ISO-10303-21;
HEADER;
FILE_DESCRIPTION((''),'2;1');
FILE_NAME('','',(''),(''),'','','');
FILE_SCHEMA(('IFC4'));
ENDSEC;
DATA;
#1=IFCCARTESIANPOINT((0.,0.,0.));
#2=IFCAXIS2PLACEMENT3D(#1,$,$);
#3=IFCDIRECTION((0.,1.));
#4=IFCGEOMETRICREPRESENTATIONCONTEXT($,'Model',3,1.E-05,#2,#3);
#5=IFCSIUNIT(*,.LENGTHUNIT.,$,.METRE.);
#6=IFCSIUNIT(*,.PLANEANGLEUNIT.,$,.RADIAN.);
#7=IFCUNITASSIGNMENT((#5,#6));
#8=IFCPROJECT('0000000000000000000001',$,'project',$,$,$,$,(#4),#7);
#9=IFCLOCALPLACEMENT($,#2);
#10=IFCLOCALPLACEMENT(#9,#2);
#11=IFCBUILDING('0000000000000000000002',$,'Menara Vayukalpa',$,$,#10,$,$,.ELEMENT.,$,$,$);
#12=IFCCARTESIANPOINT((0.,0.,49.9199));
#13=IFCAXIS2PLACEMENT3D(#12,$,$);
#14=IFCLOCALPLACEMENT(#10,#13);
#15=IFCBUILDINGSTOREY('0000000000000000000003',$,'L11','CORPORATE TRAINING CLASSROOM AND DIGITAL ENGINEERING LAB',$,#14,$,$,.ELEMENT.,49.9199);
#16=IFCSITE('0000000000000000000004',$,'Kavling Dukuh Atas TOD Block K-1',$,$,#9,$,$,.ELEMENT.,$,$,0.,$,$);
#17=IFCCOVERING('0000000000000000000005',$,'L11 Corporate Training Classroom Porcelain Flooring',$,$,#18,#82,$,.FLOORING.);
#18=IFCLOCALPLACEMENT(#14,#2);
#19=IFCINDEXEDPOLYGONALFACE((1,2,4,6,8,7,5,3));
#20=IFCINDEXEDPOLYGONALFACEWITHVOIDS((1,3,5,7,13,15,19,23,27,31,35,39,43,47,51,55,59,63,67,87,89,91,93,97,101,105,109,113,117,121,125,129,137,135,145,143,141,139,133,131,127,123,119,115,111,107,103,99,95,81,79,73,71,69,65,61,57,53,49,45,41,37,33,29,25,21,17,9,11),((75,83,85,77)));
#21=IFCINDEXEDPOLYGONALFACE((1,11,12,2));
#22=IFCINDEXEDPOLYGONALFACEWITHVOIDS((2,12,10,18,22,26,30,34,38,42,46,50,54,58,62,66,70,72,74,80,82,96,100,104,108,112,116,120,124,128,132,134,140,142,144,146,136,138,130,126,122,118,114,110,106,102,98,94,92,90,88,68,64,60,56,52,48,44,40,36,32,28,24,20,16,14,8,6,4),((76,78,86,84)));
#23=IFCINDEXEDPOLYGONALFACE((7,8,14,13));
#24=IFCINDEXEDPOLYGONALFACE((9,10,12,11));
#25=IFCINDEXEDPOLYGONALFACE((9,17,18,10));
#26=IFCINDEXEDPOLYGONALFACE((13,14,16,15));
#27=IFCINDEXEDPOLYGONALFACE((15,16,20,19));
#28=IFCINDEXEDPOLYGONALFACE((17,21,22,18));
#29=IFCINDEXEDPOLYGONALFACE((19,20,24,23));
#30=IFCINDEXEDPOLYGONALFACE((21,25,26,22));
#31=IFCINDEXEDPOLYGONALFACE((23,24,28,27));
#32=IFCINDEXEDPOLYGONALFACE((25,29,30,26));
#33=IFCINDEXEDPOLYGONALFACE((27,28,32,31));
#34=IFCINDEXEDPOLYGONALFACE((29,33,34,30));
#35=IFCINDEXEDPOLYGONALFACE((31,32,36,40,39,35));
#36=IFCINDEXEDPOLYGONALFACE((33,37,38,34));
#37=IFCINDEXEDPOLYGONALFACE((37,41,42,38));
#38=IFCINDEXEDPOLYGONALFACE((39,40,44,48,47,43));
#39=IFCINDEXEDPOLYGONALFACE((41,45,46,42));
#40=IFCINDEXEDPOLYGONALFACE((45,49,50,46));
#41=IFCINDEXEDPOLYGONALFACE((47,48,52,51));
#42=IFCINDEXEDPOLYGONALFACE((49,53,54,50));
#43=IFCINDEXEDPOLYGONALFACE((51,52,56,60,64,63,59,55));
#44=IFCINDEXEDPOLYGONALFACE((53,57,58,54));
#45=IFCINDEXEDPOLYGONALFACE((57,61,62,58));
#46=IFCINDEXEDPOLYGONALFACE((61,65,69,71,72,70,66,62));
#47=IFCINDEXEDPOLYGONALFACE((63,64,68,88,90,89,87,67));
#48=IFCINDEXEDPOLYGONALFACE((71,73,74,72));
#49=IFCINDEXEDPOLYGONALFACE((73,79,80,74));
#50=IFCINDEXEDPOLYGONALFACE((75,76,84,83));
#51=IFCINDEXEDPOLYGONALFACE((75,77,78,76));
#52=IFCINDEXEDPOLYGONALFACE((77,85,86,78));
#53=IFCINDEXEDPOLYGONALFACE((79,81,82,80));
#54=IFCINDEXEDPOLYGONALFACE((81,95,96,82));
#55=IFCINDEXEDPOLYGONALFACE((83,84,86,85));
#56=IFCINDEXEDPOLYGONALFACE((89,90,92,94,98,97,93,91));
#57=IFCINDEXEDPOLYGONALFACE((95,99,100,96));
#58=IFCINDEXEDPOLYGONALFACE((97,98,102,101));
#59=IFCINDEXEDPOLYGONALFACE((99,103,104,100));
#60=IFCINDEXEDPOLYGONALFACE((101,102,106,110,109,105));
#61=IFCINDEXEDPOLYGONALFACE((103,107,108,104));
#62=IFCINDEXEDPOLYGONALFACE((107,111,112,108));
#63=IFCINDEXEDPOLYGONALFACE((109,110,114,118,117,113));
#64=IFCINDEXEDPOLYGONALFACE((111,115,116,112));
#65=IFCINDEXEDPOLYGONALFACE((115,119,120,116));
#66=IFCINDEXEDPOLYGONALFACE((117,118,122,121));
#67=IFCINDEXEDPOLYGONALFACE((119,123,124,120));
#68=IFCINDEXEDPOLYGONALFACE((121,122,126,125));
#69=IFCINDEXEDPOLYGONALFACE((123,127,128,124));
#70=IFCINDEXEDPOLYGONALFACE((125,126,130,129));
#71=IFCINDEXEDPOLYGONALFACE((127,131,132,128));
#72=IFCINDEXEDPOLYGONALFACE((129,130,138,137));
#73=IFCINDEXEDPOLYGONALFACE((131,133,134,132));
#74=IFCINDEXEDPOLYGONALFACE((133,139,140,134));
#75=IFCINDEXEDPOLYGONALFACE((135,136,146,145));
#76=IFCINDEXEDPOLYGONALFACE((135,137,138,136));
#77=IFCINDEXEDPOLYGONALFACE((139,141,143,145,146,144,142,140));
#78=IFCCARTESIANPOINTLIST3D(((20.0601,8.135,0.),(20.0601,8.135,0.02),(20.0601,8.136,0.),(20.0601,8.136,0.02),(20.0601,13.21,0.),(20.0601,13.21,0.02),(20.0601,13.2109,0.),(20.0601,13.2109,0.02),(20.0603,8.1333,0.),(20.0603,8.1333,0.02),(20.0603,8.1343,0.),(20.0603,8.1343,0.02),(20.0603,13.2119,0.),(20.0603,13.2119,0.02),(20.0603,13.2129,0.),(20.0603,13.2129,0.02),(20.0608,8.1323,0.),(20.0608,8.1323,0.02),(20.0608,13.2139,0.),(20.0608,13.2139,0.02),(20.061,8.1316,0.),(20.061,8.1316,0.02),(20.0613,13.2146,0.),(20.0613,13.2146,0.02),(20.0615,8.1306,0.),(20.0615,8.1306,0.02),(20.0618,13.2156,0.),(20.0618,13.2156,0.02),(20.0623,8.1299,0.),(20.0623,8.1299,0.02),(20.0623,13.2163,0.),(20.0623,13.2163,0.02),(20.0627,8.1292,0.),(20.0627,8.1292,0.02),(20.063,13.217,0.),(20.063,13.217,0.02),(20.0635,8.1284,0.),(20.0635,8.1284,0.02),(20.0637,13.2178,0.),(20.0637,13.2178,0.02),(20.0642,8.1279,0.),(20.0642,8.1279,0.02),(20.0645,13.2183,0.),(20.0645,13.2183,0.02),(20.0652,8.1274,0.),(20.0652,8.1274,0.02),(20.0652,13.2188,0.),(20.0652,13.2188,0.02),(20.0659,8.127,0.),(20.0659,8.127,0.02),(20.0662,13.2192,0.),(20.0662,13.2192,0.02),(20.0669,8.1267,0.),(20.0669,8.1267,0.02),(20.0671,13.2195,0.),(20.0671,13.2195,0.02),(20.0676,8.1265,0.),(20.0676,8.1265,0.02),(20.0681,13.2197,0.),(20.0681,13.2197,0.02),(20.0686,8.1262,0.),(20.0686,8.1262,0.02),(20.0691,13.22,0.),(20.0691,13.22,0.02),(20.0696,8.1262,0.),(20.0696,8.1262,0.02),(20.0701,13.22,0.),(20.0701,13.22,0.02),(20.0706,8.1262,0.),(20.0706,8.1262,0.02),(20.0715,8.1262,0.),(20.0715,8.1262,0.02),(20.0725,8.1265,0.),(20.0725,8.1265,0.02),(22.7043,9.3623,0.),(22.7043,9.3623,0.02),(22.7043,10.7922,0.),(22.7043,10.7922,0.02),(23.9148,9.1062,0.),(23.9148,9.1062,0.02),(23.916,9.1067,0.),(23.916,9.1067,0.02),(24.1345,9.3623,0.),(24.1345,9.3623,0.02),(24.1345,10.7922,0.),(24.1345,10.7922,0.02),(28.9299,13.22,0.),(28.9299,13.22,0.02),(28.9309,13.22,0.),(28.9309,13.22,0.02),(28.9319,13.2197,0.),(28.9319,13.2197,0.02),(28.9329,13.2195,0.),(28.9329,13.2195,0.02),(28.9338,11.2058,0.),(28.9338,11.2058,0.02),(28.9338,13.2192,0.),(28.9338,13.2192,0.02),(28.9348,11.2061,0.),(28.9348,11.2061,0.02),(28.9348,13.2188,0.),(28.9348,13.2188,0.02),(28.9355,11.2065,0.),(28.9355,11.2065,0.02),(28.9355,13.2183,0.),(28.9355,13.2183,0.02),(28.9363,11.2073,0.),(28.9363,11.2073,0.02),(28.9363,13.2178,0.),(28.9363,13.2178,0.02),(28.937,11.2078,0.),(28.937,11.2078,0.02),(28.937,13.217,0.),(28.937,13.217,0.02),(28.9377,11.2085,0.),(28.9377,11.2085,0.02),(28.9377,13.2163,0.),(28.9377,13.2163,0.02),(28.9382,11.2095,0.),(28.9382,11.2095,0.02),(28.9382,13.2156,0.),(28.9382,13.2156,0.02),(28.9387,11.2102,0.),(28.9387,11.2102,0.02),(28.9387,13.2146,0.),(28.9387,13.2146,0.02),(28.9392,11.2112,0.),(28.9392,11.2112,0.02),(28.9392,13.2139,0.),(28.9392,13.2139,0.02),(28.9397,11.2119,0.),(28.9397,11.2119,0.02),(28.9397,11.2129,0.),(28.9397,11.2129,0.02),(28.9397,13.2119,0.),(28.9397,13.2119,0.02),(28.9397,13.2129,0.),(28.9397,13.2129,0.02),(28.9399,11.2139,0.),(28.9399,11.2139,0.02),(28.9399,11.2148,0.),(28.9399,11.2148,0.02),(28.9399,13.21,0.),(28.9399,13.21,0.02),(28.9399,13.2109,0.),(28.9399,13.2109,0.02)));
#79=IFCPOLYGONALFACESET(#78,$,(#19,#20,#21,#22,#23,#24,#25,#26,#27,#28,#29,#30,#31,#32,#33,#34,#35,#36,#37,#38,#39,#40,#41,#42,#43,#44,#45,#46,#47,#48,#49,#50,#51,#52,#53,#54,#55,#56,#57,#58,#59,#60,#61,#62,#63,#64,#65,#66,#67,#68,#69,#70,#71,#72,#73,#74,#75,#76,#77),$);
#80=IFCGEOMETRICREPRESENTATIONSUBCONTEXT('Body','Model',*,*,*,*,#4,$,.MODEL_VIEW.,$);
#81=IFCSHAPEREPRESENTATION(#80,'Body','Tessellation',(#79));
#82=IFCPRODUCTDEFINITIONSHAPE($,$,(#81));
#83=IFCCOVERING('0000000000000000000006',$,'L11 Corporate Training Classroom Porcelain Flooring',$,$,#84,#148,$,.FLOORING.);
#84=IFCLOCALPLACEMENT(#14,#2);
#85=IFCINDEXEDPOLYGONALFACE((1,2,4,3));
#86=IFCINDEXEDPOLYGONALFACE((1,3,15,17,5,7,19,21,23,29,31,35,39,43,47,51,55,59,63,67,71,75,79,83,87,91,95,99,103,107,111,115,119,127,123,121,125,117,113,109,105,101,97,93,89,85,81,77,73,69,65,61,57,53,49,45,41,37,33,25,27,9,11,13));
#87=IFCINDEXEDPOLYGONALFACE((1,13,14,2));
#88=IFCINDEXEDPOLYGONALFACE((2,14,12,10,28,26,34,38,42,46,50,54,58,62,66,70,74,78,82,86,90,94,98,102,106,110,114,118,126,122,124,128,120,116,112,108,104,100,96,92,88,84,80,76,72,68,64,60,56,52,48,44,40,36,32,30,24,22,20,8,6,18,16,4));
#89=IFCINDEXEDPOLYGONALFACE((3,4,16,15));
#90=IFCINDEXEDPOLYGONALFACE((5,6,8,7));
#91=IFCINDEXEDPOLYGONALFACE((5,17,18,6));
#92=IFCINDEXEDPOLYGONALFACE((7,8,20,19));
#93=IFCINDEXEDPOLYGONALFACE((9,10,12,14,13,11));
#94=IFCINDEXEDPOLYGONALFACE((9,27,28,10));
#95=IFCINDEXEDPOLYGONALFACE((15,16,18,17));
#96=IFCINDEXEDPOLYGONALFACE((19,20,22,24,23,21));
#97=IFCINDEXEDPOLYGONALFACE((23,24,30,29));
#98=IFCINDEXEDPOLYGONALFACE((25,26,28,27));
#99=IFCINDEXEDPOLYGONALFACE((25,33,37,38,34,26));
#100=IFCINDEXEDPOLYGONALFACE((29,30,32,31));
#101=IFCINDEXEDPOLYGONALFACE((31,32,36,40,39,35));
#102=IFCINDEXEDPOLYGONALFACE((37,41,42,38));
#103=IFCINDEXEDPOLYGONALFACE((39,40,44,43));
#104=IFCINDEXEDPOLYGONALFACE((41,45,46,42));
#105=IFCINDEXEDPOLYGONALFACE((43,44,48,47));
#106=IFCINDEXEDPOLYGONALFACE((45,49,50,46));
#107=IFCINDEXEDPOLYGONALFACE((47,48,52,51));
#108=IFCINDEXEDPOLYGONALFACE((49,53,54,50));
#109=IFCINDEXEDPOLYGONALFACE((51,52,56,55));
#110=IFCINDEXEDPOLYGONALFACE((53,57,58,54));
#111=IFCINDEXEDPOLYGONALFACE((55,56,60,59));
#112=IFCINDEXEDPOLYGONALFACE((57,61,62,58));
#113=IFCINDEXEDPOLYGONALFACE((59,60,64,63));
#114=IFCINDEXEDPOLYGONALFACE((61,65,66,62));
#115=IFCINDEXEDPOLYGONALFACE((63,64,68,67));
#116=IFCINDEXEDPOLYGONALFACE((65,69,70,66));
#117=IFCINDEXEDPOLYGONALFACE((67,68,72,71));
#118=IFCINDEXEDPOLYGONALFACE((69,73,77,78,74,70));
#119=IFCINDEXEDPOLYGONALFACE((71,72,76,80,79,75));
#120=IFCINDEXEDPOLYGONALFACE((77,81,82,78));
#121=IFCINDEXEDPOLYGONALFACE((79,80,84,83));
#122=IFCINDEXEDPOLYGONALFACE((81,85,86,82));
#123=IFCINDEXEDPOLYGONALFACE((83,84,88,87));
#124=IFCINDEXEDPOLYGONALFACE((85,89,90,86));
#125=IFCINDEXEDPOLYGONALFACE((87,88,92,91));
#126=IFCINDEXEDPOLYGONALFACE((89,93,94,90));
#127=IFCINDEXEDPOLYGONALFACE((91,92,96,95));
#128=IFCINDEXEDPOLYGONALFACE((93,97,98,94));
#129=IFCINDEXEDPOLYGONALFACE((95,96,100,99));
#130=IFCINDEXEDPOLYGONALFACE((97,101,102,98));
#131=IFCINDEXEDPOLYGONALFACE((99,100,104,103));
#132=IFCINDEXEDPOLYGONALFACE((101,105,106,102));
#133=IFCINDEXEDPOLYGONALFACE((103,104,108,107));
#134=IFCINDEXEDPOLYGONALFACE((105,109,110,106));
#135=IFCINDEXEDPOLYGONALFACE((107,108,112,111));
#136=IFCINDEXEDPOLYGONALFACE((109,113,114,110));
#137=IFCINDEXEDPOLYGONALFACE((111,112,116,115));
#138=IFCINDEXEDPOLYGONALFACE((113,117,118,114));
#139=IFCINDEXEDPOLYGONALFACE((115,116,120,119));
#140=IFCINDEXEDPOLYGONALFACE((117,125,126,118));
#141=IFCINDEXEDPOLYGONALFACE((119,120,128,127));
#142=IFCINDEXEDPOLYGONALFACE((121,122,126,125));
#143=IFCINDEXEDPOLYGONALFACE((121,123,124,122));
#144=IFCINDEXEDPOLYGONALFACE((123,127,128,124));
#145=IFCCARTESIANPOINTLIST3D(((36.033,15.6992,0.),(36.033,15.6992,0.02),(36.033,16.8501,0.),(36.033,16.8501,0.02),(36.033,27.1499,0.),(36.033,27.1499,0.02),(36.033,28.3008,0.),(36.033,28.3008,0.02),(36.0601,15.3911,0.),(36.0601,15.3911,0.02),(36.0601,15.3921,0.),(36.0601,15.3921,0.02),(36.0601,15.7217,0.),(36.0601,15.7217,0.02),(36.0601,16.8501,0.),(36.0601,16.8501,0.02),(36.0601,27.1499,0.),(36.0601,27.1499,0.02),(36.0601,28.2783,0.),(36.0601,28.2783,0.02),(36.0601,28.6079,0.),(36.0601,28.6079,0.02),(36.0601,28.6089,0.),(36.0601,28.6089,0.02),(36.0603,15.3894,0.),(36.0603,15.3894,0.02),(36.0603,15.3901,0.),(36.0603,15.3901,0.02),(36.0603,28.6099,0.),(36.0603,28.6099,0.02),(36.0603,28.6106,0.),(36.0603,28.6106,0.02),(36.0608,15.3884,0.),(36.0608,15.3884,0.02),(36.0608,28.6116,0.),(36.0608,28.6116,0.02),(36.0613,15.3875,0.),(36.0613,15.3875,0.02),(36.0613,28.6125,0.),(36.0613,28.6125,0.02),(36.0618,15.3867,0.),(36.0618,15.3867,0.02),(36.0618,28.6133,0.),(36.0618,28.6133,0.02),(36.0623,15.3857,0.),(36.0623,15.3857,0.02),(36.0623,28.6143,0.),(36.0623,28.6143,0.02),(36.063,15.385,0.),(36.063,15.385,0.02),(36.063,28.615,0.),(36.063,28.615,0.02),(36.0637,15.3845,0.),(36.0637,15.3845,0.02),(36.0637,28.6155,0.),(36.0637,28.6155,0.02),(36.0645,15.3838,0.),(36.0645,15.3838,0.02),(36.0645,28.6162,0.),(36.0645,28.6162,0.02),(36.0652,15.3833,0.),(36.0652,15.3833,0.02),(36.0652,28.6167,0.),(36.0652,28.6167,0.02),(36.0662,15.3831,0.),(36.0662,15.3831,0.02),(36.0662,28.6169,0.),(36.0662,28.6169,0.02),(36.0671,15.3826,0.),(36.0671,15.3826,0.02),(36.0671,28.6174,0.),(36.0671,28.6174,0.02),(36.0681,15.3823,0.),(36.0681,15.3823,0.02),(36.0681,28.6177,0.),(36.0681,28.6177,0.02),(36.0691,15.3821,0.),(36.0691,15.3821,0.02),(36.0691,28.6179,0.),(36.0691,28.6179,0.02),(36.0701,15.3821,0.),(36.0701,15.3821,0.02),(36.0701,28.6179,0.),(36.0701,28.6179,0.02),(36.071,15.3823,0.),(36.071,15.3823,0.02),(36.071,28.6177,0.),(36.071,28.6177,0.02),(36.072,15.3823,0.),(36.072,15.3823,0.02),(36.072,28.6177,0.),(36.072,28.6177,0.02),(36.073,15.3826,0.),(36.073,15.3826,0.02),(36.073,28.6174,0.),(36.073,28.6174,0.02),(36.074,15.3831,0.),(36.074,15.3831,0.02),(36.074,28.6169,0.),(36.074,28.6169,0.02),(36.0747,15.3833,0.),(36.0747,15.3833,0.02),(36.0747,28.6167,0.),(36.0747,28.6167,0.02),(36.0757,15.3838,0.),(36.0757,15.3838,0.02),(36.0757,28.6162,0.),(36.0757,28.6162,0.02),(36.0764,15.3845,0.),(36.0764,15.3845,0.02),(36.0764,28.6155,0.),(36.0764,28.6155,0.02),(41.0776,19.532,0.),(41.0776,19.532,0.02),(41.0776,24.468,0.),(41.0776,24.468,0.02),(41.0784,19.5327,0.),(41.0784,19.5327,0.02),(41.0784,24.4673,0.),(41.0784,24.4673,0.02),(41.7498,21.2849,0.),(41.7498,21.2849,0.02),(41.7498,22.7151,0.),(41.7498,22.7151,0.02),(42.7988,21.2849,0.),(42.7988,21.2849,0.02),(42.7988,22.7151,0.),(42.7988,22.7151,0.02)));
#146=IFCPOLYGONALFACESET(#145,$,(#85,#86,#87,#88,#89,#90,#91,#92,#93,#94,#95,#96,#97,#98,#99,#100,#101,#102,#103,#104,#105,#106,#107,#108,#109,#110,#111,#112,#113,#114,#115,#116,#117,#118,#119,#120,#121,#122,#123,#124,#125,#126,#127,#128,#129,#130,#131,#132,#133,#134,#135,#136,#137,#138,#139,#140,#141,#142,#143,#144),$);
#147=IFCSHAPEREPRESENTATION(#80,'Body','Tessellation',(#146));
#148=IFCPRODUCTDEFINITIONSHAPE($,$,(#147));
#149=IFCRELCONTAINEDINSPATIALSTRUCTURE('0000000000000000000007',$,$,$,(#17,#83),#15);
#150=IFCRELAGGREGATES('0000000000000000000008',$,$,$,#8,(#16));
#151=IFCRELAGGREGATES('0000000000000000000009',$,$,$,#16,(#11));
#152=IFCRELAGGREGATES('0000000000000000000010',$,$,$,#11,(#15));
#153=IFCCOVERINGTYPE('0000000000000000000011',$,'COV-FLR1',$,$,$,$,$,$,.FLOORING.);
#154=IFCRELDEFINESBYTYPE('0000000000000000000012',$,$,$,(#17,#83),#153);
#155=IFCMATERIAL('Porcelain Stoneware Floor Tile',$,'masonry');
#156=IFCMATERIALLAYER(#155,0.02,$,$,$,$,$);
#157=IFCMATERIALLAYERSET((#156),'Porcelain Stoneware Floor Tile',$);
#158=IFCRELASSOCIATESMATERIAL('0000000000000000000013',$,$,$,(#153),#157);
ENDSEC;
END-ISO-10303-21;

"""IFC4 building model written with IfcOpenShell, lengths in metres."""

from ifc_helpers import new_model, si_unit, direction, frame, origin, place, context, subcontext, project, spatial, polyline, outline, extrude, material, layer, layer_set, type_object, element, save


model = new_model("IFC4")

# Units and contexts
model_context = context("Model", 3, precision=1e-05, world=origin(), true_north=direction((0.0, 1.0)))
body_context = subcontext(model_context, "Body", "Model", "MODEL_VIEW")
ifc_project = project(units=[si_unit("LENGTHUNIT", "METRE"), si_unit("PLANEANGLEUNIT", "RADIAN")], contexts=[model_context])

# Site, building, storey
site_placement = place(None, origin())
site = spatial("IfcSite", under=ifc_project, at=site_placement, Name="Kavling Dukuh Atas TOD Block K-1", CompositionType="ELEMENT", RefElevation=0.0)
building_placement = place(site_placement, origin())
building = spatial("IfcBuilding", under=site, at=building_placement, Name="Menara Vayukalpa", CompositionType="ELEMENT")
storey_placement = place(building_placement, frame((0.0, 0.0, 49.9199)))
storey = spatial("IfcBuildingStorey", under=building, at=storey_placement, Name="L11", Description="CORPORATE TRAINING CLASSROOM AND DIGITAL ENGINEERING LAB", CompositionType="ELEMENT", Elevation=49.9199)

# Coverings
ifc_material_1 = material(Name="Porcelain Stoneware Floor Tile", Category="masonry")
ifc_layer_1 = layer(ifc_material_1, 0.02)
ifc_layer_set_1 = layer_set([ifc_layer_1], Name="Porcelain Stoneware Floor Tile")
covering_type_1 = type_object("IfcCoveringType", Name="COV-FLR1", PredefinedType="FLOORING", material=ifc_layer_set_1)
covering_1_placement = place(storey_placement, origin())
element("IfcCovering", 1, at=covering_1_placement, inside=storey, type_object=covering_type_1, Name="L11 Corporate Training Classroom Porcelain Flooring", PredefinedType="FLOORING", context=body_context, shape_type="SweptSolid", body=[
    extrude(outline(polyline([(20.0725, 8.1265), (20.0715, 8.1262), (20.0706, 8.1262), (20.0696, 8.1262), (20.0686, 8.1262), (20.0676, 8.1265), (20.0669, 8.1267), (20.0659, 8.127), (20.0652, 8.1274), (20.0642, 8.1279), (20.0635, 8.1284), (20.0627, 8.1292), (20.0623, 8.1299), (20.0615, 8.1306), (20.061, 8.1316), (20.0608, 8.1323), (20.0603, 8.1333), (20.0603, 8.1343), (20.0601, 8.135), (20.0601, 8.136), (20.0601, 13.21), (20.0601, 13.2109), (20.0603, 13.2119), (20.0603, 13.2129), (20.0608, 13.2139), (20.0613, 13.2146), (20.0618, 13.2156), (20.0623, 13.2163), (20.063, 13.217), (20.0637, 13.2178), (20.0645, 13.2183), (20.0652, 13.2188), (20.0662, 13.2192), (20.0671, 13.2195), (20.0681, 13.2197), (20.0691, 13.22), (20.0701, 13.22), (28.9299, 13.22), (28.9309, 13.22), (28.9319, 13.2197), (28.9329, 13.2195), (28.9338, 13.2192), (28.9348, 13.2188), (28.9355, 13.2183), (28.9363, 13.2178), (28.937, 13.217), (28.9377, 13.2163), (28.9382, 13.2156), (28.9387, 13.2146), (28.9392, 13.2139), (28.9397, 13.2129), (28.9397, 13.2119), (28.9399, 13.2109), (28.9399, 13.21), (28.9399, 11.2148), (28.9399, 11.2139), (28.9397, 11.2129), (28.9397, 11.2119), (28.9392, 11.2112), (28.9387, 11.2102), (28.9382, 11.2095), (28.9377, 11.2085), (28.937, 11.2078), (28.9363, 11.2073), (28.9355, 11.2065), (28.9348, 11.2061), (28.9338, 11.2058), (23.916, 9.1067), (23.9148, 9.1062), (20.0725, 8.1265)]), holes=[polyline([(24.1345, 10.7922), (22.7043, 10.7922), (22.7043, 9.3623), (24.1345, 9.3623), (24.1345, 10.7922)])]), origin(), (0.0, 0.0, 1.0), 0.02),
])
covering_2_placement = place(storey_placement, origin())
element("IfcCovering", 2, at=covering_2_placement, inside=storey, type_object=covering_type_1, Name="L11 Corporate Training Classroom Porcelain Flooring", PredefinedType="FLOORING", context=body_context, shape_type="SweptSolid", body=[
    extrude(outline(polyline([(36.0601, 27.1499), (36.033, 27.1499), (36.033, 28.3008), (36.0601, 28.2783), (36.0601, 28.6079), (36.0601, 28.6089), (36.0603, 28.6099), (36.0603, 28.6106), (36.0608, 28.6116), (36.0613, 28.6125), (36.0618, 28.6133), (36.0623, 28.6143), (36.063, 28.615), (36.0637, 28.6155), (36.0645, 28.6162), (36.0652, 28.6167), (36.0662, 28.6169), (36.0671, 28.6174), (36.0681, 28.6177), (36.0691, 28.6179), (36.0701, 28.6179), (36.071, 28.6177), (36.072, 28.6177), (36.073, 28.6174), (36.074, 28.6169), (36.0747, 28.6167), (36.0757, 28.6162), (36.0764, 28.6155), (41.0776, 24.468), (41.0784, 24.4673), (42.7988, 22.7151), (41.7498, 22.7151), (41.7498, 21.2849), (42.7988, 21.2849), (41.0784, 19.5327), (41.0776, 19.532), (36.0764, 15.3845), (36.0757, 15.3838), (36.0747, 15.3833), (36.074, 15.3831), (36.073, 15.3826), (36.072, 15.3823), (36.071, 15.3823), (36.0701, 15.3821), (36.0691, 15.3821), (36.0681, 15.3823), (36.0671, 15.3826), (36.0662, 15.3831), (36.0652, 15.3833), (36.0645, 15.3838), (36.0637, 15.3845), (36.063, 15.385), (36.0623, 15.3857), (36.0618, 15.3867), (36.0613, 15.3875), (36.0608, 15.3884), (36.0603, 15.3894), (36.0603, 15.3901), (36.0601, 15.3911), (36.0601, 15.3921), (36.0601, 15.7217), (36.033, 15.6992), (36.033, 16.8501), (36.0601, 16.8501), (36.0601, 27.1499)])), origin(), (0.0, 0.0, 1.0), 0.02),
])

save(model, "model.ifc")
